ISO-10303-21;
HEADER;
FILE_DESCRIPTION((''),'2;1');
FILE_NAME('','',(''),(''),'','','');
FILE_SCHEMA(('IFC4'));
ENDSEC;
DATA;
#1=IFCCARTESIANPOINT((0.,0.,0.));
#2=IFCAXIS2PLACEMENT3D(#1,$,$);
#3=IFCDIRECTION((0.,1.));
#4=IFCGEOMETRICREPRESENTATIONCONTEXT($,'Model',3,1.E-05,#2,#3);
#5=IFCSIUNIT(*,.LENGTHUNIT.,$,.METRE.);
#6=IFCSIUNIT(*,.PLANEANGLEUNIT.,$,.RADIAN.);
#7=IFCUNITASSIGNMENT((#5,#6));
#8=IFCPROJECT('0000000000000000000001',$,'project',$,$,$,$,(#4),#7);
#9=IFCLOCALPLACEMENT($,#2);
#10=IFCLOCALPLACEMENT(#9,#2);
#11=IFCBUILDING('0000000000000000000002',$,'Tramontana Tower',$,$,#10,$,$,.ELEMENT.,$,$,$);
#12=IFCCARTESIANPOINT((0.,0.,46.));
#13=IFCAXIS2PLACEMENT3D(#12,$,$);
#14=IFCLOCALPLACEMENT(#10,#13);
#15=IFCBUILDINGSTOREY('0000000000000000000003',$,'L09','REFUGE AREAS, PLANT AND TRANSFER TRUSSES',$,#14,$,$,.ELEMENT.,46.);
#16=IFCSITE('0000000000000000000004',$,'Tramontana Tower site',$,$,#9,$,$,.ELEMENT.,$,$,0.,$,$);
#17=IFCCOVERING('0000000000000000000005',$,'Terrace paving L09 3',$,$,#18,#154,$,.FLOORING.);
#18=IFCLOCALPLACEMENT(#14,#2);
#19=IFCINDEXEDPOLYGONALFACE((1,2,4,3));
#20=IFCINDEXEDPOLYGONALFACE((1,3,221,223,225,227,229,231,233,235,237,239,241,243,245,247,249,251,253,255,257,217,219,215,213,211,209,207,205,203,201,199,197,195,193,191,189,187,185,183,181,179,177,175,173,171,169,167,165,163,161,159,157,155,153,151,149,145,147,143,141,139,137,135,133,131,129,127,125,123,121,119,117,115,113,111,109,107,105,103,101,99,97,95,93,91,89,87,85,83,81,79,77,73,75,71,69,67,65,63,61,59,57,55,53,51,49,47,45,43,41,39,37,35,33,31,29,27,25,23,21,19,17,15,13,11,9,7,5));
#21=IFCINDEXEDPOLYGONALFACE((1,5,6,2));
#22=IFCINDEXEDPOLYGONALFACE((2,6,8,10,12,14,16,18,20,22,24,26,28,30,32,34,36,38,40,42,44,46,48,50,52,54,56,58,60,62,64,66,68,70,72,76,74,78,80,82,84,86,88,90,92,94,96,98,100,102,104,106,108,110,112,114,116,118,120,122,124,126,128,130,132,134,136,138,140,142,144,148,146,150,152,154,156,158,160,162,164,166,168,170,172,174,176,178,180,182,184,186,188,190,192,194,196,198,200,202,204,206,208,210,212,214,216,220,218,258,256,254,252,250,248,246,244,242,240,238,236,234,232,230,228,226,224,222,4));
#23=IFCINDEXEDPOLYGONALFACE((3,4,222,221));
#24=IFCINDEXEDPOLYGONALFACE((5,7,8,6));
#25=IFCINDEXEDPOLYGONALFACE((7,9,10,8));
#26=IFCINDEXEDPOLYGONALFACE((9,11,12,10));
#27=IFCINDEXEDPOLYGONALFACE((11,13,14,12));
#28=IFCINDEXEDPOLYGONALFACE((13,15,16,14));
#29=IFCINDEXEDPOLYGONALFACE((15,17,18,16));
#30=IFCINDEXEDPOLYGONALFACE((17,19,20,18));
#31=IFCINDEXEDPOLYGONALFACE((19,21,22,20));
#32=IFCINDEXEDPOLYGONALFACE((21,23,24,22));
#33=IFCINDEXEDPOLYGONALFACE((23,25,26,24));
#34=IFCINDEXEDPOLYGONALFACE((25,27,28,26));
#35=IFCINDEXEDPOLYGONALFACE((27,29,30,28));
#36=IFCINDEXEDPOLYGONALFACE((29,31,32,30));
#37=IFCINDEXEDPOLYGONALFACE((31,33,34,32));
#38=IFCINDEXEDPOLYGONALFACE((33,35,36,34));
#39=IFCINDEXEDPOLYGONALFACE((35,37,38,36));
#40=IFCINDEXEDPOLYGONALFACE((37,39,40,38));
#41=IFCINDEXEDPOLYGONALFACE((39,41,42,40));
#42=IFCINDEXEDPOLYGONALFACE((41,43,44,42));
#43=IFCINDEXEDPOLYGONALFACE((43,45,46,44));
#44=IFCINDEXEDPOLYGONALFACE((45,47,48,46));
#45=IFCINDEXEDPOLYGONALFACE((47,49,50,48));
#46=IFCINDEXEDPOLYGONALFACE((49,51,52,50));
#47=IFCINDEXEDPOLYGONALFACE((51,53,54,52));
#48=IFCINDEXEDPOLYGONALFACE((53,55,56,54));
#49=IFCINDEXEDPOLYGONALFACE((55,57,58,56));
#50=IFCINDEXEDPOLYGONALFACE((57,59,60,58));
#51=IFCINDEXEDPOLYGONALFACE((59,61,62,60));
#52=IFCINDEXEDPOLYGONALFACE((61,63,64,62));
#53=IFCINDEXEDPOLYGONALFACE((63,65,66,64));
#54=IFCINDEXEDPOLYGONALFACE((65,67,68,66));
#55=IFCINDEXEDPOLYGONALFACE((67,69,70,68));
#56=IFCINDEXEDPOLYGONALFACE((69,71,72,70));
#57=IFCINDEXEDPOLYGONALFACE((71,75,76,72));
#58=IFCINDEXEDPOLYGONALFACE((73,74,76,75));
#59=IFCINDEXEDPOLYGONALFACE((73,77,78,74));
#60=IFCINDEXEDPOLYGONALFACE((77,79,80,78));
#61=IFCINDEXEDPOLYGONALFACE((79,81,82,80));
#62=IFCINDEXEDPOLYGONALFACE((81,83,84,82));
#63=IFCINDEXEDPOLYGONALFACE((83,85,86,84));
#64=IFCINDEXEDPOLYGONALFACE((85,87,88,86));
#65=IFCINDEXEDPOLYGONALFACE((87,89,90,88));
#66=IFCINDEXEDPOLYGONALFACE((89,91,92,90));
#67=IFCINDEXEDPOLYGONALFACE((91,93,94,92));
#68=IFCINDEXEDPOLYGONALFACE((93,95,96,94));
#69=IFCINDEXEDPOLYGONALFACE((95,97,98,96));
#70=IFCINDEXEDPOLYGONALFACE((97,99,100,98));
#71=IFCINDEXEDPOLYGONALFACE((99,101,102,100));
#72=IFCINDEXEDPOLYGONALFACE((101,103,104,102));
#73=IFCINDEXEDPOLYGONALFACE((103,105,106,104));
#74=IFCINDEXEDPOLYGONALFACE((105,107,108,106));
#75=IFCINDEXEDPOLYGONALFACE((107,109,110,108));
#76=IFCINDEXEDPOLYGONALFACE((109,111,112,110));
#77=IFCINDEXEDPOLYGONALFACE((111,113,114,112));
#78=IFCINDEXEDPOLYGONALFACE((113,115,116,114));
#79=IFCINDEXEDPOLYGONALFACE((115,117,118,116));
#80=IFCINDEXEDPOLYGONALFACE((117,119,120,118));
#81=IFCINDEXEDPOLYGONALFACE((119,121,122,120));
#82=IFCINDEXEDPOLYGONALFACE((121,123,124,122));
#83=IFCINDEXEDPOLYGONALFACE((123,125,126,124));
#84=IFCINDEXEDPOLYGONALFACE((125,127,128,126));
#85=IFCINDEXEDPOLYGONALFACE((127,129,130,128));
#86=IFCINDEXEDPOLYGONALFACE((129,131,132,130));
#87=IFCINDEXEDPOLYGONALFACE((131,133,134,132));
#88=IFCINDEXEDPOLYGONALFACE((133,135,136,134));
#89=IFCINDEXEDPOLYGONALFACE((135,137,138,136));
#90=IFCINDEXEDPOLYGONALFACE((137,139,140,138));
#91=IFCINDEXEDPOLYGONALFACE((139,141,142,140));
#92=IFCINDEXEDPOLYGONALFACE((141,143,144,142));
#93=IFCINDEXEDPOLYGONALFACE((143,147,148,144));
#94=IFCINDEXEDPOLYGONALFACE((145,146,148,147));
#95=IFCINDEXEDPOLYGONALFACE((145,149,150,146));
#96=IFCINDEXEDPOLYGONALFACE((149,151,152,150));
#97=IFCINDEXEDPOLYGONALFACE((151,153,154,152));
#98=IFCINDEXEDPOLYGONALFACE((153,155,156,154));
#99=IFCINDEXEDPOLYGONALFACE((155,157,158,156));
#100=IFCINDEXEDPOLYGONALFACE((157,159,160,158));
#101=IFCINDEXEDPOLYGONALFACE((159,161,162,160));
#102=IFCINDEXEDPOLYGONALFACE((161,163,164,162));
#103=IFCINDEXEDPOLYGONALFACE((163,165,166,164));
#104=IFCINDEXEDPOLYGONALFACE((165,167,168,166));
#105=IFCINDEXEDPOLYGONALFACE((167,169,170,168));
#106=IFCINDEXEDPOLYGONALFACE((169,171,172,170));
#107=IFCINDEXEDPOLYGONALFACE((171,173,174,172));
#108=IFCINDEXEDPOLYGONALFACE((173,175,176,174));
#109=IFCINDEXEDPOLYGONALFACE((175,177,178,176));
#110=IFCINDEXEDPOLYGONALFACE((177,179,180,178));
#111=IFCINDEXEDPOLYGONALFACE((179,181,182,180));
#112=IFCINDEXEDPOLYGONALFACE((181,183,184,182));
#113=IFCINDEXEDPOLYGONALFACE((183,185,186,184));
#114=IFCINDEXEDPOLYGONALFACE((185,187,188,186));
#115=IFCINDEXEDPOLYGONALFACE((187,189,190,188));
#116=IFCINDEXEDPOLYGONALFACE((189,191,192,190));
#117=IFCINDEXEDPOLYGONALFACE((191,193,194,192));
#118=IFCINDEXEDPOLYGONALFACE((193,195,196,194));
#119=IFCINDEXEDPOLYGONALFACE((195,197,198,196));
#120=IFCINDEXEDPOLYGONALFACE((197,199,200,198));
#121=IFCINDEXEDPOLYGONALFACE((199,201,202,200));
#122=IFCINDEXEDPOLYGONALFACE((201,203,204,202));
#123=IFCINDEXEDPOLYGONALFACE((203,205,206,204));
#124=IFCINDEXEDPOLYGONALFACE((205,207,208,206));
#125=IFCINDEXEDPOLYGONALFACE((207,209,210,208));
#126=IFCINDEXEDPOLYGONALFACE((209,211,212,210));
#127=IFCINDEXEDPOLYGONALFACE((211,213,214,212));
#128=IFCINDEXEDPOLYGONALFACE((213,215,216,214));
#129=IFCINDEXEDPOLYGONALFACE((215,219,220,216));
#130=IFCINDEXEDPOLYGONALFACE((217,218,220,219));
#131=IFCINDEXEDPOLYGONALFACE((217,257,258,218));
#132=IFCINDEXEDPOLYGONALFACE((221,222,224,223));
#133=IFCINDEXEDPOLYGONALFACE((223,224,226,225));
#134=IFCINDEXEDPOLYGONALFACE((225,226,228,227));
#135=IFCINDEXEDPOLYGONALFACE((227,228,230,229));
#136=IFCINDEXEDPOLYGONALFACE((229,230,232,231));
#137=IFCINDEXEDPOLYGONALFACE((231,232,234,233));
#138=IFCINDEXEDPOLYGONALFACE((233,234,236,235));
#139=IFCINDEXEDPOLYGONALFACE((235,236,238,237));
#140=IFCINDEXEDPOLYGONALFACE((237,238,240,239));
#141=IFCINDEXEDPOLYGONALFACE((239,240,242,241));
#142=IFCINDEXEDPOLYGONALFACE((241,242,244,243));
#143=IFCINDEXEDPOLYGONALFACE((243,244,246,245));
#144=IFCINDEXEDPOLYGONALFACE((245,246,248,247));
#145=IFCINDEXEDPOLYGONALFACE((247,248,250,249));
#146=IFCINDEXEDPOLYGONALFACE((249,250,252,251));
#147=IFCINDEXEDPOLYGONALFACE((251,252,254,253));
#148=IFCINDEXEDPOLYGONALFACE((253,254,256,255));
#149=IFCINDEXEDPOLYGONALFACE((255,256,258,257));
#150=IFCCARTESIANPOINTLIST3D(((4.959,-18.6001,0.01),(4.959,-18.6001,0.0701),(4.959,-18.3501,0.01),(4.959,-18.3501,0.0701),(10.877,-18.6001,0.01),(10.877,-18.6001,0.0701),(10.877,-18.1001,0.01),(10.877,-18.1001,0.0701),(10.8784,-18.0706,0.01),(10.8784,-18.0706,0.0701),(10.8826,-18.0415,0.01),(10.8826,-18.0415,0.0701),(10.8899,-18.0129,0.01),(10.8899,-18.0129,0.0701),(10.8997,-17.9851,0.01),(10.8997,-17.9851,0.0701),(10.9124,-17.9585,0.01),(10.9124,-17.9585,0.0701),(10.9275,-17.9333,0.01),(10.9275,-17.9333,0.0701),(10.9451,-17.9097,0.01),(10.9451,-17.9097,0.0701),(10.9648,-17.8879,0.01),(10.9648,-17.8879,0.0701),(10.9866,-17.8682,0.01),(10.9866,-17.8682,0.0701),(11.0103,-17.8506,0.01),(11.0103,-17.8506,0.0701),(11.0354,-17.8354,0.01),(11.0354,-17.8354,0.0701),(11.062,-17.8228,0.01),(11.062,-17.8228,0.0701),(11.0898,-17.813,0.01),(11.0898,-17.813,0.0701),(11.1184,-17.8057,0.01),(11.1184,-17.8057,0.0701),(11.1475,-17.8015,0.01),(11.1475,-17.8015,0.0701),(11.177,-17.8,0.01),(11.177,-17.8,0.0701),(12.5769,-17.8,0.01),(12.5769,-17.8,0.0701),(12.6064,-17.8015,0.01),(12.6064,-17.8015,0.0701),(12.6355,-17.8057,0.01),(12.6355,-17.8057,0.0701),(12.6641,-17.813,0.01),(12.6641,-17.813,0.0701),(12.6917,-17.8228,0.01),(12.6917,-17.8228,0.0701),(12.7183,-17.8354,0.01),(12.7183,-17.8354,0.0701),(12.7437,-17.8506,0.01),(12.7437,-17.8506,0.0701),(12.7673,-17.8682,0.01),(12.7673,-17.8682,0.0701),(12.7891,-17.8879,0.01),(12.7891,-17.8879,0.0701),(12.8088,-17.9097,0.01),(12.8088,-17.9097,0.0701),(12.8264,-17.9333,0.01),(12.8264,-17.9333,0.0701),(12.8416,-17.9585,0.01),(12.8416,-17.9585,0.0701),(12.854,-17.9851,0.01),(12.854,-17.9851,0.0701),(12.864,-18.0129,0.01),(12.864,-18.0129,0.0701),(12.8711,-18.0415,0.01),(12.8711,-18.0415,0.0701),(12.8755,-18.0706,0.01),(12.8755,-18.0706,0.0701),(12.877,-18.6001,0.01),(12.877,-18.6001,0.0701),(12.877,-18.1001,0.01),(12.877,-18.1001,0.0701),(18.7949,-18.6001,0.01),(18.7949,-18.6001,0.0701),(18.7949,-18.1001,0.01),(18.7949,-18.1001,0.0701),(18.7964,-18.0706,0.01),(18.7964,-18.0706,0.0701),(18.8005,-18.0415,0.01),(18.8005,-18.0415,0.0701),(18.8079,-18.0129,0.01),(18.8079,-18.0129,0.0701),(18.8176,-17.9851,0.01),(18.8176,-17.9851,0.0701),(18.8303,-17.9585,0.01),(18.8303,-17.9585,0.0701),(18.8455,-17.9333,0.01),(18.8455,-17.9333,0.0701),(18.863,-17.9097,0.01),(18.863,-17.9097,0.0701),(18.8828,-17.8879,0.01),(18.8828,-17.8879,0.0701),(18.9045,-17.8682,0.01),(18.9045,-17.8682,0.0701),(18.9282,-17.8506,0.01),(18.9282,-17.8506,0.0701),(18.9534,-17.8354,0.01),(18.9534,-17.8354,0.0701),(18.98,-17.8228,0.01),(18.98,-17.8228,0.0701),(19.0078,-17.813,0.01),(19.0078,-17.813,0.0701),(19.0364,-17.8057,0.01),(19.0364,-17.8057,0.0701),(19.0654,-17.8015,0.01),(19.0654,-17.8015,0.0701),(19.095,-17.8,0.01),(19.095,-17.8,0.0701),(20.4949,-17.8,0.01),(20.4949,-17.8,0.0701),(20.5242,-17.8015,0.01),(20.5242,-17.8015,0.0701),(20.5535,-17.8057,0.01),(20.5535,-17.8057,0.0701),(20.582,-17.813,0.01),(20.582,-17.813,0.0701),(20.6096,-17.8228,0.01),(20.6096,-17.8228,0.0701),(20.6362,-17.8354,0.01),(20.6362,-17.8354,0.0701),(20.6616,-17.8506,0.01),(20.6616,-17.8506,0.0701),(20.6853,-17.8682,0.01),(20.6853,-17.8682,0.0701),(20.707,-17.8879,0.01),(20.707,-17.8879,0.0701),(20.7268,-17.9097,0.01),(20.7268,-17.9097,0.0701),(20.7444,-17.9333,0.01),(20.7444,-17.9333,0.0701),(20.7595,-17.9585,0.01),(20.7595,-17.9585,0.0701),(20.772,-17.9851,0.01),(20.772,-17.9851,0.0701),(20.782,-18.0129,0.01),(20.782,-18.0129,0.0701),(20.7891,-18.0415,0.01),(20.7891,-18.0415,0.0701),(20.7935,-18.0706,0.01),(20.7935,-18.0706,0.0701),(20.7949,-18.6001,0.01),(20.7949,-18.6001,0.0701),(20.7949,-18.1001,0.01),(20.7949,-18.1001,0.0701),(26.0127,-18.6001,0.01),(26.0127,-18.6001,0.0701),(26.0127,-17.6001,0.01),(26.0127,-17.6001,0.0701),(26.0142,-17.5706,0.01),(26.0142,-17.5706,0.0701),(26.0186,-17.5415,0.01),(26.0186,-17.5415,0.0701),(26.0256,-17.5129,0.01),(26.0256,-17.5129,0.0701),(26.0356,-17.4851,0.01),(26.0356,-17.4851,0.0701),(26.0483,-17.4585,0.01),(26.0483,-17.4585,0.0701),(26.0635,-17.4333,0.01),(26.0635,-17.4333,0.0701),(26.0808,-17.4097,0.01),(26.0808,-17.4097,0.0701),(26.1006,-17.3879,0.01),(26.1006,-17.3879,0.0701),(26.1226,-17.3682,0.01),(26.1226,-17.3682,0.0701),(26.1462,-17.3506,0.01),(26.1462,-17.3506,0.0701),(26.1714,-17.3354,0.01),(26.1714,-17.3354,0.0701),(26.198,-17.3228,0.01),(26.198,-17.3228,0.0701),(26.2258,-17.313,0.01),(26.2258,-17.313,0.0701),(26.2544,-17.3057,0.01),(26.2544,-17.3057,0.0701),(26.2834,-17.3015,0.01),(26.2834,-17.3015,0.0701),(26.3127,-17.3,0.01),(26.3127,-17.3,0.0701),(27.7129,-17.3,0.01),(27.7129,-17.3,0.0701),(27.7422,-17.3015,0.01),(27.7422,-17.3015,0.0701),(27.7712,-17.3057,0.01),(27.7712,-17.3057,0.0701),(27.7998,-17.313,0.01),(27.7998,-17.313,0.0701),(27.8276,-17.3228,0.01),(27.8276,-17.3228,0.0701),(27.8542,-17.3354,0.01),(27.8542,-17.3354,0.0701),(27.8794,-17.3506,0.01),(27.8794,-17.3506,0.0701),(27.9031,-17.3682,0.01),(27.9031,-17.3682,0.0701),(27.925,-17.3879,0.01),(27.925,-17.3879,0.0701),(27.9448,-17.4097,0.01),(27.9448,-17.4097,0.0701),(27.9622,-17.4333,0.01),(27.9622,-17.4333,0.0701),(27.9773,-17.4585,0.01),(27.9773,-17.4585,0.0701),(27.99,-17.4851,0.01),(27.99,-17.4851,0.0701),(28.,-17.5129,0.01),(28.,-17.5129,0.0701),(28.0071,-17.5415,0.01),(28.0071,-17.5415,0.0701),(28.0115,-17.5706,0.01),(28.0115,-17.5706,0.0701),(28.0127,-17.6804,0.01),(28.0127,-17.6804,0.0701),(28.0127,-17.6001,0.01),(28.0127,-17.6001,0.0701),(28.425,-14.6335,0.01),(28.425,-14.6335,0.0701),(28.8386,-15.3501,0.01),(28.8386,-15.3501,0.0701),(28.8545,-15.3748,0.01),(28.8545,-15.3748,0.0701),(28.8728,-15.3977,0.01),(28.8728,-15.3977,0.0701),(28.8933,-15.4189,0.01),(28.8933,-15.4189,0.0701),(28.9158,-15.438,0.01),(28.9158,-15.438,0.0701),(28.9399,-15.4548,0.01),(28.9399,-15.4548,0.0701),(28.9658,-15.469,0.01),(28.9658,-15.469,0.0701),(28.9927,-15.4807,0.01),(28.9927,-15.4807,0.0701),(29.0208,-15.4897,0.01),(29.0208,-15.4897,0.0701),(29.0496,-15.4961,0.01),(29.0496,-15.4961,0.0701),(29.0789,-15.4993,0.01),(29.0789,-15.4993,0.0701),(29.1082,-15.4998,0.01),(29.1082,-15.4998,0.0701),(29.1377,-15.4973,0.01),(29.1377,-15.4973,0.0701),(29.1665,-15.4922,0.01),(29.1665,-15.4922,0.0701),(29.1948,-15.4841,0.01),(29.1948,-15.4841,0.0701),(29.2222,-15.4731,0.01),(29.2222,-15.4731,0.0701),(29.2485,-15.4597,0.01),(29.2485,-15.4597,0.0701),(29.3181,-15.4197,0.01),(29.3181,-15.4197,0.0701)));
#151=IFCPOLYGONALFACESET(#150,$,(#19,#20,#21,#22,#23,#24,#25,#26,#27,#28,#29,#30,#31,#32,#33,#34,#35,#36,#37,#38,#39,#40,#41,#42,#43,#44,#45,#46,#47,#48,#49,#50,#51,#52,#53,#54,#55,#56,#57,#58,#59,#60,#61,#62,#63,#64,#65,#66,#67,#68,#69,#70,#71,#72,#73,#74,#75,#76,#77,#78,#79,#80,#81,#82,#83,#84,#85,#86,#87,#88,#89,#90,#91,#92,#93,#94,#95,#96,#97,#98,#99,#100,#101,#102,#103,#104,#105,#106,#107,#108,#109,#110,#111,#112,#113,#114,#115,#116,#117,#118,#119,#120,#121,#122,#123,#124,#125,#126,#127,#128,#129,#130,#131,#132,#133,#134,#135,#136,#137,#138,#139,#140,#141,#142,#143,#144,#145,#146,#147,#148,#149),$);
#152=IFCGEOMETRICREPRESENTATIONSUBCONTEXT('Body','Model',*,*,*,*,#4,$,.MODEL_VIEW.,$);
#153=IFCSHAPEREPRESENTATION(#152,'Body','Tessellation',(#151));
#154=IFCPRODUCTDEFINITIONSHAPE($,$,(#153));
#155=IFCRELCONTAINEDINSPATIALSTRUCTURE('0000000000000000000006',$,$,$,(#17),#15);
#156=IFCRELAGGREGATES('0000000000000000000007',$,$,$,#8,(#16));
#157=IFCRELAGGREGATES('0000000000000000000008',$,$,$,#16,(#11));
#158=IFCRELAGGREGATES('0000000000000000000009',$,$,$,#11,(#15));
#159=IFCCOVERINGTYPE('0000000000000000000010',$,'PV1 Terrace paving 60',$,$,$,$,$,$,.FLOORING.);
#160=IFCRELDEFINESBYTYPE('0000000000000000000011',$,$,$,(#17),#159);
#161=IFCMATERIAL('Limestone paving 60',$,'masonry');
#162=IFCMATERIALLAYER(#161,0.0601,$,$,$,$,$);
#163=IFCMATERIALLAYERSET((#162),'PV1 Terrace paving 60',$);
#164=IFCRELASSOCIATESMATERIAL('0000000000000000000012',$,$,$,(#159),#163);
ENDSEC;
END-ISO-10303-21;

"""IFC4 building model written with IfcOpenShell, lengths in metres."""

from ifc_helpers import new_model, si_unit, direction, frame, origin, place, context, subcontext, project, spatial, polyline, outline, extrude, material, layer, layer_set, type_object, element, save


model = new_model("IFC4")

# Units and contexts
model_context = context("Model", 3, precision=1e-05, world=origin(), true_north=direction((0.0, 1.0)))
body_context = subcontext(model_context, "Body", "Model", "MODEL_VIEW")
ifc_project = project(units=[si_unit("LENGTHUNIT", "METRE"), si_unit("PLANEANGLEUNIT", "RADIAN")], contexts=[model_context])

# Site, building, storey
site_placement = place(None, origin())
site = spatial("IfcSite", under=ifc_project, at=site_placement, Name="Tramontana Tower site", CompositionType="ELEMENT", RefElevation=0.0)
building_placement = place(site_placement, origin())
building = spatial("IfcBuilding", under=site, at=building_placement, Name="Tramontana Tower", CompositionType="ELEMENT")
storey_placement = place(building_placement, frame((0.0, 0.0, 46.0)))
storey = spatial("IfcBuildingStorey", under=building, at=storey_placement, Name="L09", Description="REFUGE AREAS, PLANT AND TRANSFER TRUSSES", CompositionType="ELEMENT", Elevation=46.0)

# Covering
ifc_material_1 = material(Name="Limestone paving 60", Category="masonry")
ifc_layer_1 = layer(ifc_material_1, 0.0601)
ifc_layer_set_1 = layer_set([ifc_layer_1], Name="PV1 Terrace paving 60")
covering_type_1 = type_object("IfcCoveringType", Name="PV1 Terrace paving 60", PredefinedType="FLOORING", material=ifc_layer_set_1)
covering_1_placement = place(storey_placement, frame((0.0, 0.0, 0.01)))
element("IfcCovering", 1, at=covering_1_placement, inside=storey, type_object=covering_type_1, Name="Terrace paving L09 3", PredefinedType="FLOORING", context=body_context, shape_type="SweptSolid", body=[
    extrude(outline(polyline([(28.0127, -17.6804), (28.0127, -17.6001), (28.0115, -17.5706), (28.0071, -17.5415), (28.0, -17.5129), (27.99, -17.4851), (27.9773, -17.4585), (27.9622, -17.4333), (27.9448, -17.4097), (27.925, -17.3879), (27.9031, -17.3682), (27.8794, -17.3506), (27.8542, -17.3354), (27.8276, -17.3228), (27.7998, -17.313), (27.7712, -17.3057), (27.7422, -17.3015), (27.7129, -17.3), (26.3127, -17.3), (26.2834, -17.3015), (26.2544, -17.3057), (26.2258, -17.313), (26.198, -17.3228), (26.1714, -17.3354), (26.1462, -17.3506), (26.1226, -17.3682), (26.1006, -17.3879), (26.0808, -17.4097), (26.0635, -17.4333), (26.0483, -17.4585), (26.0356, -17.4851), (26.0256, -17.5129), (26.0186, -17.5415), (26.0142, -17.5706), (26.0127, -17.6001), (26.0127, -18.6001), (20.7949, -18.6001), (20.7949, -18.1001), (20.7935, -18.0706), (20.7891, -18.0415), (20.782, -18.0129), (20.772, -17.9851), (20.7595, -17.9585), (20.7444, -17.9333), (20.7268, -17.9097), (20.707, -17.8879), (20.6853, -17.8682), (20.6616, -17.8506), (20.6362, -17.8354), (20.6096, -17.8228), (20.582, -17.813), (20.5535, -17.8057), (20.5242, -17.8015), (20.4949, -17.8), (19.095, -17.8), (19.0654, -17.8015), (19.0364, -17.8057), (19.0078, -17.813), (18.98, -17.8228), (18.9534, -17.8354), (18.9282, -17.8506), (18.9045, -17.8682), (18.8828, -17.8879), (18.863, -17.9097), (18.8455, -17.9333), (18.8303, -17.9585), (18.8176, -17.9851), (18.8079, -18.0129), (18.8005, -18.0415), (18.7964, -18.0706), (18.7949, -18.1001), (18.7949, -18.6001), (12.877, -18.6001), (12.877, -18.1001), (12.8755, -18.0706), (12.8711, -18.0415), (12.864, -18.0129), (12.854, -17.9851), (12.8416, -17.9585), (12.8264, -17.9333), (12.8088, -17.9097), (12.7891, -17.8879), (12.7673, -17.8682), (12.7437, -17.8506), (12.7183, -17.8354), (12.6917, -17.8228), (12.6641, -17.813), (12.6355, -17.8057), (12.6064, -17.8015), (12.5769, -17.8), (11.177, -17.8), (11.1475, -17.8015), (11.1184, -17.8057), (11.0898, -17.813), (11.062, -17.8228), (11.0354, -17.8354), (11.0103, -17.8506), (10.9866, -17.8682), (10.9648, -17.8879), (10.9451, -17.9097), (10.9275, -17.9333), (10.9124, -17.9585), (10.8997, -17.9851), (10.8899, -18.0129), (10.8826, -18.0415), (10.8784, -18.0706), (10.877, -18.1001), (10.877, -18.6001), (4.959, -18.6001), (4.959, -18.3501), (28.425, -14.6335), (28.8386, -15.3501), (28.8545, -15.3748), (28.8728, -15.3977), (28.8933, -15.4189), (28.9158, -15.438), (28.9399, -15.4548), (28.9658, -15.469), (28.9927, -15.4807), (29.0208, -15.4897), (29.0496, -15.4961), (29.0789, -15.4993), (29.1082, -15.4998), (29.1377, -15.4973), (29.1665, -15.4922), (29.1948, -15.4841), (29.2222, -15.4731), (29.2485, -15.4597), (29.3181, -15.4197), (28.0127, -17.6804)])), origin(), (0.0, 0.0, 1.0), 0.0601),
])

save(model, "model.ifc")
